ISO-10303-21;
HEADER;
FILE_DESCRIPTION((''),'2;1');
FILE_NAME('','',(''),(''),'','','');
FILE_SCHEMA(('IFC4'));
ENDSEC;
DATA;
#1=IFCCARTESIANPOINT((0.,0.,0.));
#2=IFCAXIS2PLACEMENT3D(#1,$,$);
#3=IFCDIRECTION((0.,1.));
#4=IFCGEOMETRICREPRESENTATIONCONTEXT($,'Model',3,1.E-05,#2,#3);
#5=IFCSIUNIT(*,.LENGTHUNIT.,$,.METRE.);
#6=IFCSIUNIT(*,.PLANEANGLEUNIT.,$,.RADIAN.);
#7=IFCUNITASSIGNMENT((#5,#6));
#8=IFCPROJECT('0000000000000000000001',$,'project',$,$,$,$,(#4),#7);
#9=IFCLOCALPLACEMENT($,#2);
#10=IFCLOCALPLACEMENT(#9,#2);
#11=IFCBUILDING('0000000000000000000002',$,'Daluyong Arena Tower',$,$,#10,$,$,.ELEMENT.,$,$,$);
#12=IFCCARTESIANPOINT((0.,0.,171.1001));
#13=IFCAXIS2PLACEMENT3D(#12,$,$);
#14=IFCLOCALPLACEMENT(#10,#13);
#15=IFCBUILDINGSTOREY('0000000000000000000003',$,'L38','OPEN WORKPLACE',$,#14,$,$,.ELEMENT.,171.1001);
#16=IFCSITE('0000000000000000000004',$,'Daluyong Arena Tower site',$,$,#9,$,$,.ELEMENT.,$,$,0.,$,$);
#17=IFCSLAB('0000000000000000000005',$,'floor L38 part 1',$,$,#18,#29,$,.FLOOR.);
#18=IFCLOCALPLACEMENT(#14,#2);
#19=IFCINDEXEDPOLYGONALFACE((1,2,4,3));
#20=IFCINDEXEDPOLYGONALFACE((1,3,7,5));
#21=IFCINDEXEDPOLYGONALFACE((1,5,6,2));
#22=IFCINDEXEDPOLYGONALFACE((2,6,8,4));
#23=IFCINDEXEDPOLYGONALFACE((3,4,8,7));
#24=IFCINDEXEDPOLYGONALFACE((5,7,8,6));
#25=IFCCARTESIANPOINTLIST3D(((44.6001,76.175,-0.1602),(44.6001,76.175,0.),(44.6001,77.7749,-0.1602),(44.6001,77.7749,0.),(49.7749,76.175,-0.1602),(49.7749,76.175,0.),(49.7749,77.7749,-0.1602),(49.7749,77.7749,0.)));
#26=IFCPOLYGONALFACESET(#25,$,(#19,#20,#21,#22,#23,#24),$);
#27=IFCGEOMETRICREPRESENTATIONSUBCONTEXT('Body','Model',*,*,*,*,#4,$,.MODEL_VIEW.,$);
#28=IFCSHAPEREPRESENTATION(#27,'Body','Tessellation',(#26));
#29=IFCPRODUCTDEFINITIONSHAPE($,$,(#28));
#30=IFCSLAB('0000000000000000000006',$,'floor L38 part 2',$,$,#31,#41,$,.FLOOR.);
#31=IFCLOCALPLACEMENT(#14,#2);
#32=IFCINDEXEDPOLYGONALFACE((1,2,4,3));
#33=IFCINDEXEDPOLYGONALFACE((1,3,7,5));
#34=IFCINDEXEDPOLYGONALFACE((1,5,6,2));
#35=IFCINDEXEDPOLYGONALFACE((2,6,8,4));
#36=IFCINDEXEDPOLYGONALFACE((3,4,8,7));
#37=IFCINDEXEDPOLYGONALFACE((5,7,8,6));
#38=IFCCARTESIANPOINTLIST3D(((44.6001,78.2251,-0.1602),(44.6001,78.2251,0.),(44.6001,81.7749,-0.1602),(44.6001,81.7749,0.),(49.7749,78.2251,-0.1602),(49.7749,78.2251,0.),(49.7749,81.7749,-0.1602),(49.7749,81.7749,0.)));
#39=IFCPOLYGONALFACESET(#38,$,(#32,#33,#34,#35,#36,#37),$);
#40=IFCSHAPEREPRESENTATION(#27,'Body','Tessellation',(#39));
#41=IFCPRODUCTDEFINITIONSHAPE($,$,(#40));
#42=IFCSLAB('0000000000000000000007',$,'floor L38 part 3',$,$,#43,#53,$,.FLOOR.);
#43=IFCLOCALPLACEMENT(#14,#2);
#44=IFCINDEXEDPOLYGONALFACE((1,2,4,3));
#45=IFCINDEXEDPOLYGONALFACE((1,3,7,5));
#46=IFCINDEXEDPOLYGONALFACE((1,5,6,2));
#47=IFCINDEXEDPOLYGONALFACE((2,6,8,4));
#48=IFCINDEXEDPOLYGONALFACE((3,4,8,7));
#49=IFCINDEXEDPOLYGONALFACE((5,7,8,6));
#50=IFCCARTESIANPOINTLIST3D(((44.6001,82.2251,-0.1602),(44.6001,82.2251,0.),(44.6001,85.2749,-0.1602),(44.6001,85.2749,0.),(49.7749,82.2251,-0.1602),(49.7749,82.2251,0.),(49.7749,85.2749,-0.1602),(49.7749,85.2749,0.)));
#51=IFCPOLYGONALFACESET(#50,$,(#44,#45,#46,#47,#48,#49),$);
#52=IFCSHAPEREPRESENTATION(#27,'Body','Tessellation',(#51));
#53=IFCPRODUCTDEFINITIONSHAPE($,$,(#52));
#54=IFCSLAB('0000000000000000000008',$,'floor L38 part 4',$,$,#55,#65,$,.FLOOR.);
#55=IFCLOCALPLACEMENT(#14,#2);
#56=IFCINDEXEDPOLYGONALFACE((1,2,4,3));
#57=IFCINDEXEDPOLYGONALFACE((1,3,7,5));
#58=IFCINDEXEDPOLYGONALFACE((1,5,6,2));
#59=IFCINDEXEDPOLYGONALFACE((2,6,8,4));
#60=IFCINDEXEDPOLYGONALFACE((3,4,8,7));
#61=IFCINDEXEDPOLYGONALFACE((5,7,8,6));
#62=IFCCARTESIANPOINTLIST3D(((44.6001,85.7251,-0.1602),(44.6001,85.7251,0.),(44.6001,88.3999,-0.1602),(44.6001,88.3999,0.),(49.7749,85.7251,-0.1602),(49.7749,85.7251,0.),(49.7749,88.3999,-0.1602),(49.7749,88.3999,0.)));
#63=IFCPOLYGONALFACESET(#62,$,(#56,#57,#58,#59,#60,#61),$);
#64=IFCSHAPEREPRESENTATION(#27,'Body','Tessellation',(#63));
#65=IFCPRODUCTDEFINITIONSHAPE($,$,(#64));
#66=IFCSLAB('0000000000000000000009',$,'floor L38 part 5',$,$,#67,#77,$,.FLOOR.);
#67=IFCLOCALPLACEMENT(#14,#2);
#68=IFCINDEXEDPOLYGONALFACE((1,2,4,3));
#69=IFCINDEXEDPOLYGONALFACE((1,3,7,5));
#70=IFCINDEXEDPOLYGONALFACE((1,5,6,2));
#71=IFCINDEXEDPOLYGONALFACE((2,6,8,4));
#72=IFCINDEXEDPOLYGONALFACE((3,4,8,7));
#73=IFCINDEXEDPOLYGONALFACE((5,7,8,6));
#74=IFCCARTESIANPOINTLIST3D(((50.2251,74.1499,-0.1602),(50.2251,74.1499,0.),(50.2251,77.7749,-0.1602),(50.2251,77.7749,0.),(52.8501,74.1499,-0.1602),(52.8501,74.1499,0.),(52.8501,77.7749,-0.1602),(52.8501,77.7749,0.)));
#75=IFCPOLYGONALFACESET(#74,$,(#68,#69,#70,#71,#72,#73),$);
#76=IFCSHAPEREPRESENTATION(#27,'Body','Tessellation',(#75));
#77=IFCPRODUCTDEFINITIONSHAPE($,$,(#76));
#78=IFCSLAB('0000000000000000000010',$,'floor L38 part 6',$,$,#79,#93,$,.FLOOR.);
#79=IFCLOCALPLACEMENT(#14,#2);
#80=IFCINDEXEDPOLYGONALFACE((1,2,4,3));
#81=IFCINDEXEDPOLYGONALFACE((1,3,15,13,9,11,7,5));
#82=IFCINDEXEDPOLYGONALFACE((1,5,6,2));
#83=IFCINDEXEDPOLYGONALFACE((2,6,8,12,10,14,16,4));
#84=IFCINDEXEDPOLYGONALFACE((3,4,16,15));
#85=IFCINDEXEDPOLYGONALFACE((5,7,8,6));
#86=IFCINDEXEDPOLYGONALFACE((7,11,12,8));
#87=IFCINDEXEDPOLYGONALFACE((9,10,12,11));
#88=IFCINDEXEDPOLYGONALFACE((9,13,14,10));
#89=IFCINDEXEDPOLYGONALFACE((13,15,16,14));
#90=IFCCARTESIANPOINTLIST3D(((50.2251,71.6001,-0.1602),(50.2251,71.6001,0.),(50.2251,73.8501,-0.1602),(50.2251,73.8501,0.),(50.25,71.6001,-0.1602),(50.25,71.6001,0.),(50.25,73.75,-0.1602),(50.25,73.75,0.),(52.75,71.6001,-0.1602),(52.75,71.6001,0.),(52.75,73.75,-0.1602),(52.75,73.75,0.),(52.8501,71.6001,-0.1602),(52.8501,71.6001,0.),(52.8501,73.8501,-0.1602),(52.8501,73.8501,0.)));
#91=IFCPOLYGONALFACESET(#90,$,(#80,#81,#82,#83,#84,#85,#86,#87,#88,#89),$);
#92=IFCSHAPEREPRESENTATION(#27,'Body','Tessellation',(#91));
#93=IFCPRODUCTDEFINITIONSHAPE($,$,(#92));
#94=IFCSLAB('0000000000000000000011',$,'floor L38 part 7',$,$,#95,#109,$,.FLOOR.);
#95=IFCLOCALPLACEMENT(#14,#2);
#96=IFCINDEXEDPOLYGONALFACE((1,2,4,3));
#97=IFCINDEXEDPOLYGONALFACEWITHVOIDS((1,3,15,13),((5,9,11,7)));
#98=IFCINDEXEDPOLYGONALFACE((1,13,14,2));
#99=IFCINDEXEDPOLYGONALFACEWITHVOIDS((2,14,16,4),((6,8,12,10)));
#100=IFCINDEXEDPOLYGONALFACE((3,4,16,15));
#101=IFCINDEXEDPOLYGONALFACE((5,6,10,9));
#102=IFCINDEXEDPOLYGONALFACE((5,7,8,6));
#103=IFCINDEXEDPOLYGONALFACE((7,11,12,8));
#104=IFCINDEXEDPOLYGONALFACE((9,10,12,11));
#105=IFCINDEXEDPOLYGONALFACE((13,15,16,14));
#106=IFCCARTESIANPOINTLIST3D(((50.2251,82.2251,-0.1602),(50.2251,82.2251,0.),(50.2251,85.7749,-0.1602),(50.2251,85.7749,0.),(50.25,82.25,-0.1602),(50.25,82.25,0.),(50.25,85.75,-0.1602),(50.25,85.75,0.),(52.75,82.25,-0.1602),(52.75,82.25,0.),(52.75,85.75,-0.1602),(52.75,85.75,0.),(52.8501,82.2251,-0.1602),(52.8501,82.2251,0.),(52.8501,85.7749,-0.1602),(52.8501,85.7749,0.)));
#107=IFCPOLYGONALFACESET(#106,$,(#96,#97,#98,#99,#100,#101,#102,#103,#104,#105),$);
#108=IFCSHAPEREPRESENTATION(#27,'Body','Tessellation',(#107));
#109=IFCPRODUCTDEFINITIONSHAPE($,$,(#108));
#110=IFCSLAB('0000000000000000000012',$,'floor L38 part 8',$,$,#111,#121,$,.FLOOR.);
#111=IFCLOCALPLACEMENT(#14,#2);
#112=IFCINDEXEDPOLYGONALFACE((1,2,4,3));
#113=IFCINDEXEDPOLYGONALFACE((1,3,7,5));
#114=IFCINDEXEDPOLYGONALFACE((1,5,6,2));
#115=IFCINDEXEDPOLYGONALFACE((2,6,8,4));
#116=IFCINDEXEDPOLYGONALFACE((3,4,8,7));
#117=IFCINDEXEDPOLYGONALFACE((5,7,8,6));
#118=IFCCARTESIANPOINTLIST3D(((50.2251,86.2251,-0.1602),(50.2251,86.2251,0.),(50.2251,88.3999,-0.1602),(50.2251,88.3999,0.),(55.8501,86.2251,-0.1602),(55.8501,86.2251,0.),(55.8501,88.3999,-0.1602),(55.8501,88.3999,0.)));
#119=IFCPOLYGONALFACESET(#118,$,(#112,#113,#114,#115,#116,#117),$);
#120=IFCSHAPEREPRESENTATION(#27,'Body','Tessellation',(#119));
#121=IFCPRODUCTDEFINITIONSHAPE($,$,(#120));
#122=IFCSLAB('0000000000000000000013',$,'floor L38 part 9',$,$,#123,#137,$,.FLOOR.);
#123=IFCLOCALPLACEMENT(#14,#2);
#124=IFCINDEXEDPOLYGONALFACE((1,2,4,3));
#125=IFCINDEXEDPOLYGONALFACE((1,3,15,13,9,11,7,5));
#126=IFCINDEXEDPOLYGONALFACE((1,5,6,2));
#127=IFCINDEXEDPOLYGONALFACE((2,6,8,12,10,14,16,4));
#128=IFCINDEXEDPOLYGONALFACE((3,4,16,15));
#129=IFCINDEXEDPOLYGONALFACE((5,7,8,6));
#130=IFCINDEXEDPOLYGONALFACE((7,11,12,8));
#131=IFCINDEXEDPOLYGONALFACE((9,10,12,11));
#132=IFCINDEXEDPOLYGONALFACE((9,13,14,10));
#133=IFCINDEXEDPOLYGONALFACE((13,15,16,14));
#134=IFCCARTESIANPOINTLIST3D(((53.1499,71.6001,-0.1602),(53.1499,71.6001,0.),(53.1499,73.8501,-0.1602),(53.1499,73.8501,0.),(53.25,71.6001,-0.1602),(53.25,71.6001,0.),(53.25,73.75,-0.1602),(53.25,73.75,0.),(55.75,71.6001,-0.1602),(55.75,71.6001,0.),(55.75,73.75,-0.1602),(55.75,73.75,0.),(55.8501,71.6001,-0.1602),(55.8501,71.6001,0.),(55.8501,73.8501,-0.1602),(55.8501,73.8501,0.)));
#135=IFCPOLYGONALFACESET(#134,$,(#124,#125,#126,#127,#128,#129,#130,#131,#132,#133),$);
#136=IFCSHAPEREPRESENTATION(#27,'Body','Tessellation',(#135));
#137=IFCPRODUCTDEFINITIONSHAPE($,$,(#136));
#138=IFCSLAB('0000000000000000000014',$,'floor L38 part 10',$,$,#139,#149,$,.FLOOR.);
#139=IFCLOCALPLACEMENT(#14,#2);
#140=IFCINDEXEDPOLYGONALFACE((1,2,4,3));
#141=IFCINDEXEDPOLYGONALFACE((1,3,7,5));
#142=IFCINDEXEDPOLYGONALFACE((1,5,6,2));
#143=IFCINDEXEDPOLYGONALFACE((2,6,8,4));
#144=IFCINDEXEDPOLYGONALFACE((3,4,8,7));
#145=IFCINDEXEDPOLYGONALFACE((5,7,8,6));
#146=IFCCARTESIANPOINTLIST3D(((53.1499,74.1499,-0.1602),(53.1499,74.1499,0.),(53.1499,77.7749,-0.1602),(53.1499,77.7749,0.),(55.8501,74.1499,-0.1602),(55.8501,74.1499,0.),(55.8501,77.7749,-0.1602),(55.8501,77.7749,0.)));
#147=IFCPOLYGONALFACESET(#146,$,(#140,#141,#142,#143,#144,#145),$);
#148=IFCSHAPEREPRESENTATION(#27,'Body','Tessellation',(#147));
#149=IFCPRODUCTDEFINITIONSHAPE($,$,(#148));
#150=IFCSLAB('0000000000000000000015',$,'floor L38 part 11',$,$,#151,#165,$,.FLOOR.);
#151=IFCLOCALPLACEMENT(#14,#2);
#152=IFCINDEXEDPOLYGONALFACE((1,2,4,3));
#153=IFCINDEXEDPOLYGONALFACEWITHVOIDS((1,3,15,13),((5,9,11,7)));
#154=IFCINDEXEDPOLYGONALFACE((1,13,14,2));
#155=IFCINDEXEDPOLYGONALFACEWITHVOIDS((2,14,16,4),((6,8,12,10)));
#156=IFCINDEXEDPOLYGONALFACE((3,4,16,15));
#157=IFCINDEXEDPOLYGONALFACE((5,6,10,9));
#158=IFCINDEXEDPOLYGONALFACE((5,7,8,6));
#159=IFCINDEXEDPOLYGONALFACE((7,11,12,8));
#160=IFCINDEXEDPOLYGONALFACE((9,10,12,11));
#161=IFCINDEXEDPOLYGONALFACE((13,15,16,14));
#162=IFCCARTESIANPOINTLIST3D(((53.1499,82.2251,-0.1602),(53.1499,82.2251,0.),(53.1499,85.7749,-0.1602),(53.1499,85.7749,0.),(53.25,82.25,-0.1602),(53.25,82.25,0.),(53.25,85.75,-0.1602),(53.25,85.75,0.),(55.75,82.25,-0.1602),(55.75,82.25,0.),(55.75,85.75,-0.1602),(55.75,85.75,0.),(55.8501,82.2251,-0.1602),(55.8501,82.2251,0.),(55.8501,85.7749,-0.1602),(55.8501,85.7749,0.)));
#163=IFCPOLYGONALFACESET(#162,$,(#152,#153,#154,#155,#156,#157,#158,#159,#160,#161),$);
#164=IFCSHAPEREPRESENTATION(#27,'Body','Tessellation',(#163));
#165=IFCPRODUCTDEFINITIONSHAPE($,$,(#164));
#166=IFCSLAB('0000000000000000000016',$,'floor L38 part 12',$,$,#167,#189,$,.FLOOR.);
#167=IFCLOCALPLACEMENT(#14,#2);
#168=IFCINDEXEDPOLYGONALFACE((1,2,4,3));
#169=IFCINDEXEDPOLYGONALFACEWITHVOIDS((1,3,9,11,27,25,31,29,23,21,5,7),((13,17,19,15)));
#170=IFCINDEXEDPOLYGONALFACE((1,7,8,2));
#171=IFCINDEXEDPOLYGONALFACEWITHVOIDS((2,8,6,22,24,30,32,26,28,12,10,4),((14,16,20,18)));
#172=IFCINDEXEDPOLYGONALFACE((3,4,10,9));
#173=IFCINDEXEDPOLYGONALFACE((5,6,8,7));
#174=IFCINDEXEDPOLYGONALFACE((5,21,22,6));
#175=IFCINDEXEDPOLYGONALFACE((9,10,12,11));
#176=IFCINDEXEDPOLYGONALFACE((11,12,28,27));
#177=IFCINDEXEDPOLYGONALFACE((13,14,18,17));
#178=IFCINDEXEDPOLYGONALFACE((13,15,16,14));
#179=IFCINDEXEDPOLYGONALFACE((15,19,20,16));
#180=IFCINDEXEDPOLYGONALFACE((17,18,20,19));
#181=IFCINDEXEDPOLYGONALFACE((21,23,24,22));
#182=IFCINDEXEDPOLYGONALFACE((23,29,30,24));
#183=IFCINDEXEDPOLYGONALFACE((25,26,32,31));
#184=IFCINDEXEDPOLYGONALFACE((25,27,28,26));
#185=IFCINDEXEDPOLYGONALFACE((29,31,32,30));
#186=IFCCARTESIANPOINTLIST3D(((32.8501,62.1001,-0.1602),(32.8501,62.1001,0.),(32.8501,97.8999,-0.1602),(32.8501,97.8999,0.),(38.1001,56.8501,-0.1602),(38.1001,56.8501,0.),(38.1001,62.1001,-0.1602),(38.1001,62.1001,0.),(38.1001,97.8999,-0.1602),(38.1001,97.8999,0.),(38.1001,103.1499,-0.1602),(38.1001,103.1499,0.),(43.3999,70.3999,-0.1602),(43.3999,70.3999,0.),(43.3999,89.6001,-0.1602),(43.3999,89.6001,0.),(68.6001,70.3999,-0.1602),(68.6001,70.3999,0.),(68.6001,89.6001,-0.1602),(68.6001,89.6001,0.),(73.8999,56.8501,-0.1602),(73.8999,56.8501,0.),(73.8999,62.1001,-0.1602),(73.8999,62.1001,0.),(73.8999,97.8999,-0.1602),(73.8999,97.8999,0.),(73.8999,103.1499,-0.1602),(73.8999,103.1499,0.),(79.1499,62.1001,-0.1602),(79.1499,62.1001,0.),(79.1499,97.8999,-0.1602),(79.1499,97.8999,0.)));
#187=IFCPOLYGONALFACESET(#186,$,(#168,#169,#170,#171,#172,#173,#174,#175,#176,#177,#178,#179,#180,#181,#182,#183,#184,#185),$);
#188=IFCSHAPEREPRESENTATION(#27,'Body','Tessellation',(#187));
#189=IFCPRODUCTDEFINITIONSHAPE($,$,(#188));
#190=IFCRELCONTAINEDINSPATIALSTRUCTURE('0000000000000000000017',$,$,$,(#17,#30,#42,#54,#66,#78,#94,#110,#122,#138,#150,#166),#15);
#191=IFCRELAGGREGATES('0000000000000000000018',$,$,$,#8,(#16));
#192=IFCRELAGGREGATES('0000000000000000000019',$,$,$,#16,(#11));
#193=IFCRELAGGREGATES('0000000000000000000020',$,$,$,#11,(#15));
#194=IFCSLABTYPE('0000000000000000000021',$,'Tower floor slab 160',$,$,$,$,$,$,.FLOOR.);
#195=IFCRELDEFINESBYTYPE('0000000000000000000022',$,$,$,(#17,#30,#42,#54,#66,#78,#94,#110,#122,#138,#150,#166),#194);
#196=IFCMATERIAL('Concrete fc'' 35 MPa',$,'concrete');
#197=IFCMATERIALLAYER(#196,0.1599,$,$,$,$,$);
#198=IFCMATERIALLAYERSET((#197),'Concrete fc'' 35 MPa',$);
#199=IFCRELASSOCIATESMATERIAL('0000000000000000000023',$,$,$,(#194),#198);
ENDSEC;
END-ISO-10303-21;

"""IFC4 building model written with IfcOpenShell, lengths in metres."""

from ifc_helpers import new_model, si_unit, direction, frame, origin, place, context, subcontext, project, spatial, polyline, outline, extrude, material, layer, layer_set, type_object, element, save


model = new_model("IFC4")

# Units and contexts
model_context = context("Model", 3, precision=1e-05, world=origin(), true_north=direction((0.0, 1.0)))
body_context = subcontext(model_context, "Body", "Model", "MODEL_VIEW")
ifc_project = project(units=[si_unit("LENGTHUNIT", "METRE"), si_unit("PLANEANGLEUNIT", "RADIAN")], contexts=[model_context])

# Site, building, storey
site_placement = place(None, origin())
site = spatial("IfcSite", under=ifc_project, at=site_placement, Name="Daluyong Arena Tower site", CompositionType="ELEMENT", RefElevation=0.0)
building_placement = place(site_placement, origin())
building = spatial("IfcBuilding", under=site, at=building_placement, Name="Daluyong Arena Tower", CompositionType="ELEMENT")
storey_placement = place(building_placement, frame((0.0, 0.0, 171.1001)))
storey = spatial("IfcBuildingStorey", under=building, at=storey_placement, Name="L38", Description="OPEN WORKPLACE", CompositionType="ELEMENT", Elevation=171.1001)

# Slabs
ifc_material_1 = material(Name="Concrete fc' 35 MPa", Category="concrete")
ifc_layer_1 = layer(ifc_material_1, 0.1599)
ifc_layer_set_1 = layer_set([ifc_layer_1], Name="Concrete fc' 35 MPa")
slab_type = type_object("IfcSlabType", Name="Tower floor slab 160", PredefinedType="FLOOR", material=ifc_layer_set_1)
slab_1_placement = place(storey_placement, frame((0.0, 0.0, -0.1602)))
element("IfcSlab", 1, at=slab_1_placement, inside=storey, type_object=slab_type, Name="floor L38 part 1", PredefinedType="FLOOR", context=body_context, shape_type="SweptSolid", body=[
    extrude(outline(polyline([(49.7749, 76.175), (49.7749, 77.7749), (44.6001, 77.7749), (44.6001, 76.175), (49.7749, 76.175)])), origin(), (0.0, 0.0, 1.0), 0.1602),
])
slab_2_placement = place(storey_placement, frame((0.0, 0.0, -0.1602)))
element("IfcSlab", 2, at=slab_2_placement, inside=storey, type_object=slab_type, Name="floor L38 part 2", PredefinedType="FLOOR", context=body_context, shape_type="SweptSolid", body=[
    extrude(outline(polyline([(44.6001, 78.2251), (49.7749, 78.2251), (49.7749, 81.7749), (44.6001, 81.7749), (44.6001, 78.2251)])), origin(), (0.0, 0.0, 1.0), 0.1602),
])
slab_3_placement = place(storey_placement, frame((0.0, 0.0, -0.1602)))
element("IfcSlab", 3, at=slab_3_placement, inside=storey, type_object=slab_type, Name="floor L38 part 3", PredefinedType="FLOOR", context=body_context, shape_type="SweptSolid", body=[
    extrude(outline(polyline([(44.6001, 82.2251), (49.7749, 82.2251), (49.7749, 85.2749), (44.6001, 85.2749), (44.6001, 82.2251)])), origin(), (0.0, 0.0, 1.0), 0.1602),
])
slab_4_placement = place(storey_placement, frame((0.0, 0.0, -0.1602)))
element("IfcSlab", 4, at=slab_4_placement, inside=storey, type_object=slab_type, Name="floor L38 part 4", PredefinedType="FLOOR", context=body_context, shape_type="SweptSolid", body=[
    extrude(outline(polyline([(49.7749, 88.3999), (44.6001, 88.3999), (44.6001, 85.7251), (49.7749, 85.7251), (49.7749, 88.3999)])), origin(), (0.0, 0.0, 1.0), 0.1602),
])
slab_5_placement = place(storey_placement, frame((0.0, 0.0, -0.1602)))
element("IfcSlab", 5, at=slab_5_placement, inside=storey, type_object=slab_type, Name="floor L38 part 5", PredefinedType="FLOOR", context=body_context, shape_type="SweptSolid", body=[
    extrude(outline(polyline([(52.8501, 77.7749), (50.2251, 77.7749), (50.2251, 74.1499), (52.8501, 74.1499), (52.8501, 77.7749)])), origin(), (0.0, 0.0, 1.0), 0.1602),
])
slab_6_placement = place(storey_placement, frame((0.0, 0.0, -0.1602)))
element("IfcSlab", 6, at=slab_6_placement, inside=storey, type_object=slab_type, Name="floor L38 part 6", PredefinedType="FLOOR", context=body_context, shape_type="SweptSolid", body=[
    extrude(outline(polyline([(50.25, 73.75), (52.75, 73.75), (52.75, 71.6001), (52.8501, 71.6001), (52.8501, 73.8501), (50.2251, 73.8501), (50.2251, 71.6001), (50.25, 71.6001), (50.25, 73.75)])), origin(), (0.0, 0.0, 1.0), 0.1602),
])
slab_7_placement = place(storey_placement, frame((0.0, 0.0, -0.1602)))
element("IfcSlab", 7, at=slab_7_placement, inside=storey, type_object=slab_type, Name="floor L38 part 7", PredefinedType="FLOOR", context=body_context, shape_type="SweptSolid", body=[
    extrude(outline(polyline([(52.8501, 85.7749), (50.2251, 85.7749), (50.2251, 82.2251), (52.8501, 82.2251), (52.8501, 85.7749)]), holes=[polyline([(50.25, 85.75), (52.75, 85.75), (52.75, 82.25), (50.25, 82.25), (50.25, 85.75)])]), origin(), (0.0, 0.0, 1.0), 0.1602),
])
slab_8_placement = place(storey_placement, frame((0.0, 0.0, -0.1602)))
element("IfcSlab", 8, at=slab_8_placement, inside=storey, type_object=slab_type, Name="floor L38 part 8", PredefinedType="FLOOR", context=body_context, shape_type="SweptSolid", body=[
    extrude(outline(polyline([(55.8501, 88.3999), (50.2251, 88.3999), (50.2251, 86.2251), (55.8501, 86.2251), (55.8501, 88.3999)])), origin(), (0.0, 0.0, 1.0), 0.1602),
])
slab_9_placement = place(storey_placement, frame((0.0, 0.0, -0.1602)))
element("IfcSlab", 9, at=slab_9_placement, inside=storey, type_object=slab_type, Name="floor L38 part 9", PredefinedType="FLOOR", context=body_context, shape_type="SweptSolid", body=[
    extrude(outline(polyline([(55.75, 73.75), (55.75, 71.6001), (55.8501, 71.6001), (55.8501, 73.8501), (53.1499, 73.8501), (53.1499, 71.6001), (53.25, 71.6001), (53.25, 73.75), (55.75, 73.75)])), origin(), (0.0, 0.0, 1.0), 0.1602),
])
slab_10_placement = place(storey_placement, frame((0.0, 0.0, -0.1602)))
element("IfcSlab", 10, at=slab_10_placement, inside=storey, type_object=slab_type, Name="floor L38 part 10", PredefinedType="FLOOR", context=body_context, shape_type="SweptSolid", body=[
    extrude(outline(polyline([(55.8501, 77.7749), (53.1499, 77.7749), (53.1499, 74.1499), (55.8501, 74.1499), (55.8501, 77.7749)])), origin(), (0.0, 0.0, 1.0), 0.1602),
])
slab_11_placement = place(storey_placement, frame((0.0, 0.0, -0.1602)))
element("IfcSlab", 11, at=slab_11_placement, inside=storey, type_object=slab_type, Name="floor L38 part 11", PredefinedType="FLOOR", context=body_context, shape_type="SweptSolid", body=[
    extrude(outline(polyline([(55.8501, 85.7749), (53.1499, 85.7749), (53.1499, 82.2251), (55.8501, 82.2251), (55.8501, 85.7749)]), holes=[polyline([(55.75, 85.75), (55.75, 82.25), (53.25, 82.25), (53.25, 85.75), (55.75, 85.75)])]), origin(), (0.0, 0.0, 1.0), 0.1602),
])
slab_12_placement = place(storey_placement, frame((0.0, 0.0, -0.1602)))
element("IfcSlab", 12, at=slab_12_placement, inside=storey, type_object=slab_type, Name="floor L38 part 12", PredefinedType="FLOOR", context=body_context, shape_type="SweptSolid", body=[
    extrude(outline(polyline([(38.1001, 62.1001), (38.1001, 56.8501), (73.8999, 56.8501), (73.8999, 62.1001), (79.1499, 62.1001), (79.1499, 97.8999), (73.8999, 97.8999), (73.8999, 103.1499), (38.1001, 103.1499), (38.1001, 97.8999), (32.8501, 97.8999), (32.8501, 62.1001), (38.1001, 62.1001)]), holes=[polyline([(68.6001, 89.6001), (68.6001, 70.3999), (43.3999, 70.3999), (43.3999, 89.6001), (68.6001, 89.6001)])]), origin(), (0.0, 0.0, 1.0), 0.1602),
])

save(model, "model.ifc")
